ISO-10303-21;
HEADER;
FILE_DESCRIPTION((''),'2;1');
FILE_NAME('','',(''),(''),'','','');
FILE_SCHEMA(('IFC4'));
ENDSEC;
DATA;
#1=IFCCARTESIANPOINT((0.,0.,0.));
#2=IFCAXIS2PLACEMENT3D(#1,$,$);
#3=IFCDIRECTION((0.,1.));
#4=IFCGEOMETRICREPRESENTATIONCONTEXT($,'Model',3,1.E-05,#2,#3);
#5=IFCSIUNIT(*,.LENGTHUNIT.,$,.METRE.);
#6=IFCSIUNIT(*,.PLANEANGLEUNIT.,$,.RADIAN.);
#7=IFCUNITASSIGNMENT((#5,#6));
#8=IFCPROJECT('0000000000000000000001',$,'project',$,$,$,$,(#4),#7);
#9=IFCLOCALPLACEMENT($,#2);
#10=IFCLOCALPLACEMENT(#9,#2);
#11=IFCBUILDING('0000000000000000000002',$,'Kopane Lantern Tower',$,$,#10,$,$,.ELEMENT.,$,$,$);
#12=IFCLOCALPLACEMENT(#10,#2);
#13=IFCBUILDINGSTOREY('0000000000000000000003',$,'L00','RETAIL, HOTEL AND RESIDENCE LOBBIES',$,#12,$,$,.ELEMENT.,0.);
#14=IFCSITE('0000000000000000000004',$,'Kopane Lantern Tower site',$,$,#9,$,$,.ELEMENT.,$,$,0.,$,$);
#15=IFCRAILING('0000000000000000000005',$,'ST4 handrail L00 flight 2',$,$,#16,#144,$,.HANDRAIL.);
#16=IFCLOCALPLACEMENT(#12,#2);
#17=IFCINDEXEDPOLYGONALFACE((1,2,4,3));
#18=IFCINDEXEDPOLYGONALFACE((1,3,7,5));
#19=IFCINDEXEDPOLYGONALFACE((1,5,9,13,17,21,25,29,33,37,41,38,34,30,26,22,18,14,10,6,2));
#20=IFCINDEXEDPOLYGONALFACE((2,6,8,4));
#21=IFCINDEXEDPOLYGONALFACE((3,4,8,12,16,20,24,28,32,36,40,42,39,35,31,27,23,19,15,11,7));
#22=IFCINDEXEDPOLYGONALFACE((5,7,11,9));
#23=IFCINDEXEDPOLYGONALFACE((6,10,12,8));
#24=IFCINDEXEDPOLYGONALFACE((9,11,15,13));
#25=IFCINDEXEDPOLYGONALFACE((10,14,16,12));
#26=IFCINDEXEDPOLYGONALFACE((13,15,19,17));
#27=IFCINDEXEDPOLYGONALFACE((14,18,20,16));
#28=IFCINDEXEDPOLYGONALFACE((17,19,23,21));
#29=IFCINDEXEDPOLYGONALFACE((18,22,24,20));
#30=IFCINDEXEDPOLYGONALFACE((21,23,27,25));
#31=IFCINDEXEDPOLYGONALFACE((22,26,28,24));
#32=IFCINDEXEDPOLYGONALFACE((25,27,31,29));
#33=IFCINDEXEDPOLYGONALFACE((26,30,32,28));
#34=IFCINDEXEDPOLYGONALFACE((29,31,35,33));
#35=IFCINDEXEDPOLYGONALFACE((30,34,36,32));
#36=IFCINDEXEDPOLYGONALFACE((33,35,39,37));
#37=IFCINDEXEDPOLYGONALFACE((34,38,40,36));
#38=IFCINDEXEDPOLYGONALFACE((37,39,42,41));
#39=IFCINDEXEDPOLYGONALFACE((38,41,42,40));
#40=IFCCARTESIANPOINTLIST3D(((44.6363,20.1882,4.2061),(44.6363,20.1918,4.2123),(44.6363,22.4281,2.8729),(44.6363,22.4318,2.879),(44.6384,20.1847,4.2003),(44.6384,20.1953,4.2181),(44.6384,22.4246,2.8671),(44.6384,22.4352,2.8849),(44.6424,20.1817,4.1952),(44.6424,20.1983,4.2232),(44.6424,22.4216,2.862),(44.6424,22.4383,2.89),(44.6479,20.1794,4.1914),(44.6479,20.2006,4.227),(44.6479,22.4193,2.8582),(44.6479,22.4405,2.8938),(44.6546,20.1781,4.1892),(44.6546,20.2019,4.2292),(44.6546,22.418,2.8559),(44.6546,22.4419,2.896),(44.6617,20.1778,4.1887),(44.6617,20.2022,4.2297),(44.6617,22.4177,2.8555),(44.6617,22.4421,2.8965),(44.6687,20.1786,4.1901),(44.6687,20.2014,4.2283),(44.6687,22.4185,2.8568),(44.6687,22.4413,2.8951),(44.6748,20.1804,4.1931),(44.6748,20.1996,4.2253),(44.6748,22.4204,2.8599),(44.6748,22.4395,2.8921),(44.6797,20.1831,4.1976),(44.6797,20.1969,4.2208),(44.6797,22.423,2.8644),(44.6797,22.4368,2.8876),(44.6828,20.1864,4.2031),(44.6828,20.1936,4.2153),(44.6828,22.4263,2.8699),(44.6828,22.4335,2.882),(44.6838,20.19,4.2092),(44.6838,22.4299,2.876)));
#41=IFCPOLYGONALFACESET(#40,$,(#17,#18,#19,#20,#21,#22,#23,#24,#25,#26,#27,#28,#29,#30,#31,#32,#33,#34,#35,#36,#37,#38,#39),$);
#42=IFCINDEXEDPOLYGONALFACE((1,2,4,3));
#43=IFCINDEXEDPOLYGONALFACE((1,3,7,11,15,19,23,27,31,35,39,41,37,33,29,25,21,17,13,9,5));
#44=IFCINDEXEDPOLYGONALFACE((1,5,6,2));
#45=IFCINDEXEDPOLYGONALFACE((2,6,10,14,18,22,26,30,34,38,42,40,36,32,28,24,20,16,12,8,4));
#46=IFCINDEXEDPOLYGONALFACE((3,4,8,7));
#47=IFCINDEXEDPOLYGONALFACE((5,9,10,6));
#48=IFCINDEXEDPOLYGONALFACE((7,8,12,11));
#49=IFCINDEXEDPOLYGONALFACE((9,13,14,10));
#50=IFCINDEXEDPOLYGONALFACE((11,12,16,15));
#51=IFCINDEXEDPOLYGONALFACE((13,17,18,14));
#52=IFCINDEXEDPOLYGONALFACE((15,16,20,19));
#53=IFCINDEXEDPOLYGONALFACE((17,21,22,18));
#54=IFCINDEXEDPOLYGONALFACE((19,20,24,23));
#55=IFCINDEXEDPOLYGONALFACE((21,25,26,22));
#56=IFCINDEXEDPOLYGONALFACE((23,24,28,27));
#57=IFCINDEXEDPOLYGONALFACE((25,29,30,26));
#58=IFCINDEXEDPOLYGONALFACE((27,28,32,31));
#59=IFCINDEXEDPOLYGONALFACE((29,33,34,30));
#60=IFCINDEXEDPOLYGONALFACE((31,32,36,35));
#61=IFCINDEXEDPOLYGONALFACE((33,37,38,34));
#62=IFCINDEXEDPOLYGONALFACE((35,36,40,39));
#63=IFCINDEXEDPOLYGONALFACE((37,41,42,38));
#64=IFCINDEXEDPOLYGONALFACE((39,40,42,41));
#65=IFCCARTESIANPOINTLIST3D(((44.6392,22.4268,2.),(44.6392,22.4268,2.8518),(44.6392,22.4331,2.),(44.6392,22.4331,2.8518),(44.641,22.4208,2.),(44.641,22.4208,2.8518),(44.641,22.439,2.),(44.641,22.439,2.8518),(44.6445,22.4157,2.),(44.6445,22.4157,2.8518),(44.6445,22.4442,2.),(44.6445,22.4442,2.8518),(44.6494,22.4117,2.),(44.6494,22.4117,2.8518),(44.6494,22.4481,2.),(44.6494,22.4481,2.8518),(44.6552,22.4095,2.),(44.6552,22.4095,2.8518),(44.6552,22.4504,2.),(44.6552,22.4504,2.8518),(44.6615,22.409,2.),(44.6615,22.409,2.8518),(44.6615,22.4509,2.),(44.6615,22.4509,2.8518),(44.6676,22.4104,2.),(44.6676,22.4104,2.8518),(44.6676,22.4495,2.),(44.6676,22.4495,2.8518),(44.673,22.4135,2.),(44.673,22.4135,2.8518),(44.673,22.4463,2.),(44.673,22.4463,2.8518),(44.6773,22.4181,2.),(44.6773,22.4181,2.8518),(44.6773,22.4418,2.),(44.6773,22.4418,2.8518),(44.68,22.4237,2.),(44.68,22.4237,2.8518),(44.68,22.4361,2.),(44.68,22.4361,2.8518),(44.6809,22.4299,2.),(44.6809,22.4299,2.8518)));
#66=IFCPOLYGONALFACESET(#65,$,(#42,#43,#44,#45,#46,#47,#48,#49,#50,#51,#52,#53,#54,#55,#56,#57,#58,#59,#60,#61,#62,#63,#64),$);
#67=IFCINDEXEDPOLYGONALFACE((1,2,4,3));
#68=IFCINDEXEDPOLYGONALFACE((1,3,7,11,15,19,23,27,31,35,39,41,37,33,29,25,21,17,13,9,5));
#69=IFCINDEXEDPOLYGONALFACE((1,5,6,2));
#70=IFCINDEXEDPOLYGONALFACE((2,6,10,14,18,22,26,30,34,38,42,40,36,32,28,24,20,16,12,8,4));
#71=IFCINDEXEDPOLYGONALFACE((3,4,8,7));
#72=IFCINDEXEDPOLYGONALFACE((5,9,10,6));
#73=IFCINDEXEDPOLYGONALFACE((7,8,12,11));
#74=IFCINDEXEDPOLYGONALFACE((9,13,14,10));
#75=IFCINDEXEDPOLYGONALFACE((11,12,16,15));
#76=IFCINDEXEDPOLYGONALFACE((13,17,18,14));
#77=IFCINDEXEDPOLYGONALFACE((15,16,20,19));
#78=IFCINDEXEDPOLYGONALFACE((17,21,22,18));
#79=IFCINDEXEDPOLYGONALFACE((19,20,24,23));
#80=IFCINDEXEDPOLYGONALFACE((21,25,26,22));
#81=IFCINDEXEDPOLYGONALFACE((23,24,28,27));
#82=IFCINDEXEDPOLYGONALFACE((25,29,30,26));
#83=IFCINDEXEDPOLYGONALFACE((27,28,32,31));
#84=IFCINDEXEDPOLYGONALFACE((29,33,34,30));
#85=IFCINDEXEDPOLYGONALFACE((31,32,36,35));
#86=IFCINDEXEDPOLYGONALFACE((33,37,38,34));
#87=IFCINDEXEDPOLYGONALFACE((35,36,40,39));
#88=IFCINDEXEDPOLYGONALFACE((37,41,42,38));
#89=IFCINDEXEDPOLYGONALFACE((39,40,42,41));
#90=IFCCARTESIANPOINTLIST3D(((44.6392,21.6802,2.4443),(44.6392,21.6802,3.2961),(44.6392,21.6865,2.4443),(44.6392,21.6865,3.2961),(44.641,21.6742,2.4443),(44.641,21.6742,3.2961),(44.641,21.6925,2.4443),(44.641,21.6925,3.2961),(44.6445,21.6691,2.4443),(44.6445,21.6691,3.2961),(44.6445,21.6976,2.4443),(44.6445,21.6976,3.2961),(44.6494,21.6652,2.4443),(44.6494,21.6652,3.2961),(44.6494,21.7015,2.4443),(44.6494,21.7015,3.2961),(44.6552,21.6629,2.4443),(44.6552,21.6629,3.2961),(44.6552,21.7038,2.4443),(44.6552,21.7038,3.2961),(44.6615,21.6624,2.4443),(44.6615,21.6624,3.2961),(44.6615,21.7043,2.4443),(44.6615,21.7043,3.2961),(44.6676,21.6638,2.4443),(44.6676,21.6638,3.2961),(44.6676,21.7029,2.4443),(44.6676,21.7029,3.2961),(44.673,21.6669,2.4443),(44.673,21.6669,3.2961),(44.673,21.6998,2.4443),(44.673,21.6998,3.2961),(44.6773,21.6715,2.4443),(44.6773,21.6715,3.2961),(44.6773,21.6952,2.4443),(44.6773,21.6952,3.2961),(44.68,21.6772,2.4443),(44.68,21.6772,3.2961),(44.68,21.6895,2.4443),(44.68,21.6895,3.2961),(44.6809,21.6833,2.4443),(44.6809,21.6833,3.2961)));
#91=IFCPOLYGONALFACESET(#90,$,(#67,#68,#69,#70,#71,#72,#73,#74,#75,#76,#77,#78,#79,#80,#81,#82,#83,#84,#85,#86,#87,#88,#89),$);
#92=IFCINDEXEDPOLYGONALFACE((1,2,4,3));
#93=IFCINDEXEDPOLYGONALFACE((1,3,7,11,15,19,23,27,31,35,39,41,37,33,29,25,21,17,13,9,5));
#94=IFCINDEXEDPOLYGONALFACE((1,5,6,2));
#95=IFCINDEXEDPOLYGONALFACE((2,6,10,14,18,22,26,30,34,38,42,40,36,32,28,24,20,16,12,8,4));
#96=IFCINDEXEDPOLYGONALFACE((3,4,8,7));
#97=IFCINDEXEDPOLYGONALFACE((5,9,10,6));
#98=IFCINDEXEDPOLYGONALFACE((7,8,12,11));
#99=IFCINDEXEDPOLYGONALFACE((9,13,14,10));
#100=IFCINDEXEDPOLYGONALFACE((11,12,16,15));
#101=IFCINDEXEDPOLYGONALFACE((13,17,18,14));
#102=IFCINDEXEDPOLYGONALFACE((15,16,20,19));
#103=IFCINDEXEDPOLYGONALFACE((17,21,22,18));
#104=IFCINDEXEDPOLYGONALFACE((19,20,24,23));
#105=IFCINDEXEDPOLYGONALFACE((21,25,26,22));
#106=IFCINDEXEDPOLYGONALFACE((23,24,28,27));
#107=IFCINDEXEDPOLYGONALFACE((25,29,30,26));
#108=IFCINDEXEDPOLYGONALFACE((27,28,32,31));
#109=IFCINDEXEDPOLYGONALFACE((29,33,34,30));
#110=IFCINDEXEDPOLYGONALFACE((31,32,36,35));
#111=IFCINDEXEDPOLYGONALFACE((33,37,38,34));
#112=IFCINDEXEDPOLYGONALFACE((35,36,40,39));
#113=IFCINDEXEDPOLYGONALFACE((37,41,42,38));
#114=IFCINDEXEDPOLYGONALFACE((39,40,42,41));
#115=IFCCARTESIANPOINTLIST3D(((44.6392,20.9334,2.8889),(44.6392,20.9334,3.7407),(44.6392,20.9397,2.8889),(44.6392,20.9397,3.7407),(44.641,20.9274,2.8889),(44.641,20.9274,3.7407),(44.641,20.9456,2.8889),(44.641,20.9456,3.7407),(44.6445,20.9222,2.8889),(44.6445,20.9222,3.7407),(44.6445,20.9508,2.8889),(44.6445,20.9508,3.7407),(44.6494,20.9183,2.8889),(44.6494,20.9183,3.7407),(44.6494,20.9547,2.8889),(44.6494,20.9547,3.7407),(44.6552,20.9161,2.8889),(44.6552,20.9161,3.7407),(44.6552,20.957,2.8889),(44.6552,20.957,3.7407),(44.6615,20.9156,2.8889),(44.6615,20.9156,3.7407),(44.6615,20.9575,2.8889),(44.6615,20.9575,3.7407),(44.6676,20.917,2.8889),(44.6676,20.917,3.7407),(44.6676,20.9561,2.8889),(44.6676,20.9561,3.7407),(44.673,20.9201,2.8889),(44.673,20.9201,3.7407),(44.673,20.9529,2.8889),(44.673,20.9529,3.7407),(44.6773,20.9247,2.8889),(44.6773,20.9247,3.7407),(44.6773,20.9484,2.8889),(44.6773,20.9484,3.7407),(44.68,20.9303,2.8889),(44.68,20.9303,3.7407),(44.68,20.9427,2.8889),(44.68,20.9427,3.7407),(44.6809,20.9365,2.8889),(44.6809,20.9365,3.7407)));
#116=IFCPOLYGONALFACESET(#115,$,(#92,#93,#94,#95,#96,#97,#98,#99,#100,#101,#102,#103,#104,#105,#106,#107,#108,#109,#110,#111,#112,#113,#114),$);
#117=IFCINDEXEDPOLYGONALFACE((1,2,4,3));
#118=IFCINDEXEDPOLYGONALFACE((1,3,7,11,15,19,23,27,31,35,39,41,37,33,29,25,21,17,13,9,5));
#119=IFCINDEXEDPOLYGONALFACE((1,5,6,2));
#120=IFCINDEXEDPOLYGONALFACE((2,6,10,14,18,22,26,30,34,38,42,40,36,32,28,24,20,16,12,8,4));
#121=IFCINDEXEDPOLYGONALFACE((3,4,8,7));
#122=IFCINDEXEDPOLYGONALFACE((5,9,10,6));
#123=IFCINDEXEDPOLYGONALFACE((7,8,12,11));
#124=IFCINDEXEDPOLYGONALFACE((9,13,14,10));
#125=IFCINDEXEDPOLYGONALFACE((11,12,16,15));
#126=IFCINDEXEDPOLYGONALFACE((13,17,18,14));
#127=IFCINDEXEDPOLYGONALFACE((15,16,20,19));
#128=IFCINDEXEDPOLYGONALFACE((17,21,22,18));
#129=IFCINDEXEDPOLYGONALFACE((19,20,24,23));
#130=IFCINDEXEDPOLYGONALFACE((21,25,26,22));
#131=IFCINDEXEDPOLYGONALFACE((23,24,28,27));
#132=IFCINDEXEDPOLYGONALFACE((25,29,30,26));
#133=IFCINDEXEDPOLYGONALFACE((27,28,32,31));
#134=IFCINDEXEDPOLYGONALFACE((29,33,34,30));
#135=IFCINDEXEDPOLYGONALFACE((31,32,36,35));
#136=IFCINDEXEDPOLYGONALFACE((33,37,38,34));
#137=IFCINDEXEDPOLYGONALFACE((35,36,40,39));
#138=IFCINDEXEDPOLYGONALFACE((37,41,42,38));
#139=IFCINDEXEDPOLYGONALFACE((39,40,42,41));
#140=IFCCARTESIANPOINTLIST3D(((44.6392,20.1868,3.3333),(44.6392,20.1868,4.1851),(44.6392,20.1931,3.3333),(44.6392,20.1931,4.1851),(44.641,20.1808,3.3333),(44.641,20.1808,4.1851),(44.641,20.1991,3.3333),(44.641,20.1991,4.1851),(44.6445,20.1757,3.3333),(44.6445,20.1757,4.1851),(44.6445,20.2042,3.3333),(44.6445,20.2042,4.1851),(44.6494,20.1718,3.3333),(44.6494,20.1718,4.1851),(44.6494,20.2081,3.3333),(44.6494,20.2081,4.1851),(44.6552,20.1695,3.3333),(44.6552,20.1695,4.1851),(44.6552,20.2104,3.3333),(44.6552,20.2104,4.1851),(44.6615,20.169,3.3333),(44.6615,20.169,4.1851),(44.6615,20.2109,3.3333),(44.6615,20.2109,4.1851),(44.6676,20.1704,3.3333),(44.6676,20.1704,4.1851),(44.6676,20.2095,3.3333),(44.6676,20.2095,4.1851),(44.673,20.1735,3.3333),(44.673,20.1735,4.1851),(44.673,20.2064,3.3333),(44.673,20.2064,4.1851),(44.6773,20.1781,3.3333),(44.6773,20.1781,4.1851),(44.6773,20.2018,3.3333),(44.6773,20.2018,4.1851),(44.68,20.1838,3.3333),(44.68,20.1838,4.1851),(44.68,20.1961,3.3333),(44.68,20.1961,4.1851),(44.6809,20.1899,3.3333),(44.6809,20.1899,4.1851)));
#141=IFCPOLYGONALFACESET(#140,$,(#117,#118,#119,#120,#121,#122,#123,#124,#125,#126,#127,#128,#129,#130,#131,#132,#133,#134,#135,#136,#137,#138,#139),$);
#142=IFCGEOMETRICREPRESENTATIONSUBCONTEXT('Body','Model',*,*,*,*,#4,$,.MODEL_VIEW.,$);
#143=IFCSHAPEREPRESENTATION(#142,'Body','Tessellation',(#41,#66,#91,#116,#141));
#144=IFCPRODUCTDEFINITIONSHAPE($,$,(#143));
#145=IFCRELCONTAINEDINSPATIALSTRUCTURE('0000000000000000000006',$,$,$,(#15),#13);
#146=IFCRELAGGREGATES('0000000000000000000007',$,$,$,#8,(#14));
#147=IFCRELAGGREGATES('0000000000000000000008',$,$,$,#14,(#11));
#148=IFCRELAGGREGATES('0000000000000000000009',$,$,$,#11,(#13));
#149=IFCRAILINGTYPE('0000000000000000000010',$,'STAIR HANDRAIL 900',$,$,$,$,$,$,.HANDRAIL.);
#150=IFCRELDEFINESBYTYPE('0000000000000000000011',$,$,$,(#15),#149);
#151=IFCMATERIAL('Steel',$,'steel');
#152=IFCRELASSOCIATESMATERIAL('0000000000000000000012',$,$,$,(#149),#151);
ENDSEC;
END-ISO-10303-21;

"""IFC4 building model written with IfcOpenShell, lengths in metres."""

from ifc_helpers import new_model, si_unit, direction, frame, origin, origin_2d, place, context, subcontext, project, spatial, circle, extrude, material, type_object, element, save


model = new_model("IFC4")

# Units and contexts
model_context = context("Model", 3, precision=1e-05, world=origin(), true_north=direction((0.0, 1.0)))
body_context = subcontext(model_context, "Body", "Model", "MODEL_VIEW")
ifc_project = project(units=[si_unit("LENGTHUNIT", "METRE"), si_unit("PLANEANGLEUNIT", "RADIAN")], contexts=[model_context])

# Site, building, storey
site_placement = place(None, origin())
site = spatial("IfcSite", under=ifc_project, at=site_placement, Name="Kopane Lantern Tower site", CompositionType="ELEMENT", RefElevation=0.0)
building_placement = place(site_placement, origin())
building = spatial("IfcBuilding", under=site, at=building_placement, Name="Kopane Lantern Tower", CompositionType="ELEMENT")
storey_placement = place(building_placement, origin())
storey = spatial("IfcBuildingStorey", under=building, at=storey_placement, Name="L00", Description="RETAIL, HOTEL AND RESIDENCE LOBBIES", CompositionType="ELEMENT", Elevation=0.0)

# Railing
ifc_material_1 = material(Name="Steel", Category="steel")
railing_type_1 = type_object("IfcRailingType", Name="STAIR HANDRAIL 900", PredefinedType="HANDRAIL", material=ifc_material_1)
for number, where, name in (
    (1, (44.6599, 22.4299, 2.0), "ST4 handrail L00 flight 2"),
):
    element("IfcRailing", number, at=place(storey_placement, frame(where)), inside=storey, type_object=railing_type_1, Name=name, PredefinedType="HANDRAIL", context=body_context, shape_type="SweptSolid", body=[
        extrude(circle(Radius=0.0239, at=origin_2d()), frame((0.0, 0.0, 0.876), z_axis=(0.0, -0.859306, 0.511462), x_axis=(1.0, 0.0, 0.0)), (0.0, 0.0, 1.0), 2.6067),
        extrude(circle(Radius=0.021, at=origin_2d()), origin(), (0.0, 0.0, 1.0), 0.8518),
        extrude(circle(Radius=0.021, at=origin_2d()), frame((0.0, -0.7466, 0.4443)), (0.0, 0.0, 1.0), 0.8518),
        extrude(circle(Radius=0.021, at=origin_2d()), frame((0.0, -1.4934, 0.8889)), (0.0, 0.0, 1.0), 0.8518),
        extrude(circle(Radius=0.021, at=origin_2d()), frame((0.0, -2.24, 1.3333)), (0.0, 0.0, 1.0), 0.8518),
    ])

save(model, "model.ifc")
